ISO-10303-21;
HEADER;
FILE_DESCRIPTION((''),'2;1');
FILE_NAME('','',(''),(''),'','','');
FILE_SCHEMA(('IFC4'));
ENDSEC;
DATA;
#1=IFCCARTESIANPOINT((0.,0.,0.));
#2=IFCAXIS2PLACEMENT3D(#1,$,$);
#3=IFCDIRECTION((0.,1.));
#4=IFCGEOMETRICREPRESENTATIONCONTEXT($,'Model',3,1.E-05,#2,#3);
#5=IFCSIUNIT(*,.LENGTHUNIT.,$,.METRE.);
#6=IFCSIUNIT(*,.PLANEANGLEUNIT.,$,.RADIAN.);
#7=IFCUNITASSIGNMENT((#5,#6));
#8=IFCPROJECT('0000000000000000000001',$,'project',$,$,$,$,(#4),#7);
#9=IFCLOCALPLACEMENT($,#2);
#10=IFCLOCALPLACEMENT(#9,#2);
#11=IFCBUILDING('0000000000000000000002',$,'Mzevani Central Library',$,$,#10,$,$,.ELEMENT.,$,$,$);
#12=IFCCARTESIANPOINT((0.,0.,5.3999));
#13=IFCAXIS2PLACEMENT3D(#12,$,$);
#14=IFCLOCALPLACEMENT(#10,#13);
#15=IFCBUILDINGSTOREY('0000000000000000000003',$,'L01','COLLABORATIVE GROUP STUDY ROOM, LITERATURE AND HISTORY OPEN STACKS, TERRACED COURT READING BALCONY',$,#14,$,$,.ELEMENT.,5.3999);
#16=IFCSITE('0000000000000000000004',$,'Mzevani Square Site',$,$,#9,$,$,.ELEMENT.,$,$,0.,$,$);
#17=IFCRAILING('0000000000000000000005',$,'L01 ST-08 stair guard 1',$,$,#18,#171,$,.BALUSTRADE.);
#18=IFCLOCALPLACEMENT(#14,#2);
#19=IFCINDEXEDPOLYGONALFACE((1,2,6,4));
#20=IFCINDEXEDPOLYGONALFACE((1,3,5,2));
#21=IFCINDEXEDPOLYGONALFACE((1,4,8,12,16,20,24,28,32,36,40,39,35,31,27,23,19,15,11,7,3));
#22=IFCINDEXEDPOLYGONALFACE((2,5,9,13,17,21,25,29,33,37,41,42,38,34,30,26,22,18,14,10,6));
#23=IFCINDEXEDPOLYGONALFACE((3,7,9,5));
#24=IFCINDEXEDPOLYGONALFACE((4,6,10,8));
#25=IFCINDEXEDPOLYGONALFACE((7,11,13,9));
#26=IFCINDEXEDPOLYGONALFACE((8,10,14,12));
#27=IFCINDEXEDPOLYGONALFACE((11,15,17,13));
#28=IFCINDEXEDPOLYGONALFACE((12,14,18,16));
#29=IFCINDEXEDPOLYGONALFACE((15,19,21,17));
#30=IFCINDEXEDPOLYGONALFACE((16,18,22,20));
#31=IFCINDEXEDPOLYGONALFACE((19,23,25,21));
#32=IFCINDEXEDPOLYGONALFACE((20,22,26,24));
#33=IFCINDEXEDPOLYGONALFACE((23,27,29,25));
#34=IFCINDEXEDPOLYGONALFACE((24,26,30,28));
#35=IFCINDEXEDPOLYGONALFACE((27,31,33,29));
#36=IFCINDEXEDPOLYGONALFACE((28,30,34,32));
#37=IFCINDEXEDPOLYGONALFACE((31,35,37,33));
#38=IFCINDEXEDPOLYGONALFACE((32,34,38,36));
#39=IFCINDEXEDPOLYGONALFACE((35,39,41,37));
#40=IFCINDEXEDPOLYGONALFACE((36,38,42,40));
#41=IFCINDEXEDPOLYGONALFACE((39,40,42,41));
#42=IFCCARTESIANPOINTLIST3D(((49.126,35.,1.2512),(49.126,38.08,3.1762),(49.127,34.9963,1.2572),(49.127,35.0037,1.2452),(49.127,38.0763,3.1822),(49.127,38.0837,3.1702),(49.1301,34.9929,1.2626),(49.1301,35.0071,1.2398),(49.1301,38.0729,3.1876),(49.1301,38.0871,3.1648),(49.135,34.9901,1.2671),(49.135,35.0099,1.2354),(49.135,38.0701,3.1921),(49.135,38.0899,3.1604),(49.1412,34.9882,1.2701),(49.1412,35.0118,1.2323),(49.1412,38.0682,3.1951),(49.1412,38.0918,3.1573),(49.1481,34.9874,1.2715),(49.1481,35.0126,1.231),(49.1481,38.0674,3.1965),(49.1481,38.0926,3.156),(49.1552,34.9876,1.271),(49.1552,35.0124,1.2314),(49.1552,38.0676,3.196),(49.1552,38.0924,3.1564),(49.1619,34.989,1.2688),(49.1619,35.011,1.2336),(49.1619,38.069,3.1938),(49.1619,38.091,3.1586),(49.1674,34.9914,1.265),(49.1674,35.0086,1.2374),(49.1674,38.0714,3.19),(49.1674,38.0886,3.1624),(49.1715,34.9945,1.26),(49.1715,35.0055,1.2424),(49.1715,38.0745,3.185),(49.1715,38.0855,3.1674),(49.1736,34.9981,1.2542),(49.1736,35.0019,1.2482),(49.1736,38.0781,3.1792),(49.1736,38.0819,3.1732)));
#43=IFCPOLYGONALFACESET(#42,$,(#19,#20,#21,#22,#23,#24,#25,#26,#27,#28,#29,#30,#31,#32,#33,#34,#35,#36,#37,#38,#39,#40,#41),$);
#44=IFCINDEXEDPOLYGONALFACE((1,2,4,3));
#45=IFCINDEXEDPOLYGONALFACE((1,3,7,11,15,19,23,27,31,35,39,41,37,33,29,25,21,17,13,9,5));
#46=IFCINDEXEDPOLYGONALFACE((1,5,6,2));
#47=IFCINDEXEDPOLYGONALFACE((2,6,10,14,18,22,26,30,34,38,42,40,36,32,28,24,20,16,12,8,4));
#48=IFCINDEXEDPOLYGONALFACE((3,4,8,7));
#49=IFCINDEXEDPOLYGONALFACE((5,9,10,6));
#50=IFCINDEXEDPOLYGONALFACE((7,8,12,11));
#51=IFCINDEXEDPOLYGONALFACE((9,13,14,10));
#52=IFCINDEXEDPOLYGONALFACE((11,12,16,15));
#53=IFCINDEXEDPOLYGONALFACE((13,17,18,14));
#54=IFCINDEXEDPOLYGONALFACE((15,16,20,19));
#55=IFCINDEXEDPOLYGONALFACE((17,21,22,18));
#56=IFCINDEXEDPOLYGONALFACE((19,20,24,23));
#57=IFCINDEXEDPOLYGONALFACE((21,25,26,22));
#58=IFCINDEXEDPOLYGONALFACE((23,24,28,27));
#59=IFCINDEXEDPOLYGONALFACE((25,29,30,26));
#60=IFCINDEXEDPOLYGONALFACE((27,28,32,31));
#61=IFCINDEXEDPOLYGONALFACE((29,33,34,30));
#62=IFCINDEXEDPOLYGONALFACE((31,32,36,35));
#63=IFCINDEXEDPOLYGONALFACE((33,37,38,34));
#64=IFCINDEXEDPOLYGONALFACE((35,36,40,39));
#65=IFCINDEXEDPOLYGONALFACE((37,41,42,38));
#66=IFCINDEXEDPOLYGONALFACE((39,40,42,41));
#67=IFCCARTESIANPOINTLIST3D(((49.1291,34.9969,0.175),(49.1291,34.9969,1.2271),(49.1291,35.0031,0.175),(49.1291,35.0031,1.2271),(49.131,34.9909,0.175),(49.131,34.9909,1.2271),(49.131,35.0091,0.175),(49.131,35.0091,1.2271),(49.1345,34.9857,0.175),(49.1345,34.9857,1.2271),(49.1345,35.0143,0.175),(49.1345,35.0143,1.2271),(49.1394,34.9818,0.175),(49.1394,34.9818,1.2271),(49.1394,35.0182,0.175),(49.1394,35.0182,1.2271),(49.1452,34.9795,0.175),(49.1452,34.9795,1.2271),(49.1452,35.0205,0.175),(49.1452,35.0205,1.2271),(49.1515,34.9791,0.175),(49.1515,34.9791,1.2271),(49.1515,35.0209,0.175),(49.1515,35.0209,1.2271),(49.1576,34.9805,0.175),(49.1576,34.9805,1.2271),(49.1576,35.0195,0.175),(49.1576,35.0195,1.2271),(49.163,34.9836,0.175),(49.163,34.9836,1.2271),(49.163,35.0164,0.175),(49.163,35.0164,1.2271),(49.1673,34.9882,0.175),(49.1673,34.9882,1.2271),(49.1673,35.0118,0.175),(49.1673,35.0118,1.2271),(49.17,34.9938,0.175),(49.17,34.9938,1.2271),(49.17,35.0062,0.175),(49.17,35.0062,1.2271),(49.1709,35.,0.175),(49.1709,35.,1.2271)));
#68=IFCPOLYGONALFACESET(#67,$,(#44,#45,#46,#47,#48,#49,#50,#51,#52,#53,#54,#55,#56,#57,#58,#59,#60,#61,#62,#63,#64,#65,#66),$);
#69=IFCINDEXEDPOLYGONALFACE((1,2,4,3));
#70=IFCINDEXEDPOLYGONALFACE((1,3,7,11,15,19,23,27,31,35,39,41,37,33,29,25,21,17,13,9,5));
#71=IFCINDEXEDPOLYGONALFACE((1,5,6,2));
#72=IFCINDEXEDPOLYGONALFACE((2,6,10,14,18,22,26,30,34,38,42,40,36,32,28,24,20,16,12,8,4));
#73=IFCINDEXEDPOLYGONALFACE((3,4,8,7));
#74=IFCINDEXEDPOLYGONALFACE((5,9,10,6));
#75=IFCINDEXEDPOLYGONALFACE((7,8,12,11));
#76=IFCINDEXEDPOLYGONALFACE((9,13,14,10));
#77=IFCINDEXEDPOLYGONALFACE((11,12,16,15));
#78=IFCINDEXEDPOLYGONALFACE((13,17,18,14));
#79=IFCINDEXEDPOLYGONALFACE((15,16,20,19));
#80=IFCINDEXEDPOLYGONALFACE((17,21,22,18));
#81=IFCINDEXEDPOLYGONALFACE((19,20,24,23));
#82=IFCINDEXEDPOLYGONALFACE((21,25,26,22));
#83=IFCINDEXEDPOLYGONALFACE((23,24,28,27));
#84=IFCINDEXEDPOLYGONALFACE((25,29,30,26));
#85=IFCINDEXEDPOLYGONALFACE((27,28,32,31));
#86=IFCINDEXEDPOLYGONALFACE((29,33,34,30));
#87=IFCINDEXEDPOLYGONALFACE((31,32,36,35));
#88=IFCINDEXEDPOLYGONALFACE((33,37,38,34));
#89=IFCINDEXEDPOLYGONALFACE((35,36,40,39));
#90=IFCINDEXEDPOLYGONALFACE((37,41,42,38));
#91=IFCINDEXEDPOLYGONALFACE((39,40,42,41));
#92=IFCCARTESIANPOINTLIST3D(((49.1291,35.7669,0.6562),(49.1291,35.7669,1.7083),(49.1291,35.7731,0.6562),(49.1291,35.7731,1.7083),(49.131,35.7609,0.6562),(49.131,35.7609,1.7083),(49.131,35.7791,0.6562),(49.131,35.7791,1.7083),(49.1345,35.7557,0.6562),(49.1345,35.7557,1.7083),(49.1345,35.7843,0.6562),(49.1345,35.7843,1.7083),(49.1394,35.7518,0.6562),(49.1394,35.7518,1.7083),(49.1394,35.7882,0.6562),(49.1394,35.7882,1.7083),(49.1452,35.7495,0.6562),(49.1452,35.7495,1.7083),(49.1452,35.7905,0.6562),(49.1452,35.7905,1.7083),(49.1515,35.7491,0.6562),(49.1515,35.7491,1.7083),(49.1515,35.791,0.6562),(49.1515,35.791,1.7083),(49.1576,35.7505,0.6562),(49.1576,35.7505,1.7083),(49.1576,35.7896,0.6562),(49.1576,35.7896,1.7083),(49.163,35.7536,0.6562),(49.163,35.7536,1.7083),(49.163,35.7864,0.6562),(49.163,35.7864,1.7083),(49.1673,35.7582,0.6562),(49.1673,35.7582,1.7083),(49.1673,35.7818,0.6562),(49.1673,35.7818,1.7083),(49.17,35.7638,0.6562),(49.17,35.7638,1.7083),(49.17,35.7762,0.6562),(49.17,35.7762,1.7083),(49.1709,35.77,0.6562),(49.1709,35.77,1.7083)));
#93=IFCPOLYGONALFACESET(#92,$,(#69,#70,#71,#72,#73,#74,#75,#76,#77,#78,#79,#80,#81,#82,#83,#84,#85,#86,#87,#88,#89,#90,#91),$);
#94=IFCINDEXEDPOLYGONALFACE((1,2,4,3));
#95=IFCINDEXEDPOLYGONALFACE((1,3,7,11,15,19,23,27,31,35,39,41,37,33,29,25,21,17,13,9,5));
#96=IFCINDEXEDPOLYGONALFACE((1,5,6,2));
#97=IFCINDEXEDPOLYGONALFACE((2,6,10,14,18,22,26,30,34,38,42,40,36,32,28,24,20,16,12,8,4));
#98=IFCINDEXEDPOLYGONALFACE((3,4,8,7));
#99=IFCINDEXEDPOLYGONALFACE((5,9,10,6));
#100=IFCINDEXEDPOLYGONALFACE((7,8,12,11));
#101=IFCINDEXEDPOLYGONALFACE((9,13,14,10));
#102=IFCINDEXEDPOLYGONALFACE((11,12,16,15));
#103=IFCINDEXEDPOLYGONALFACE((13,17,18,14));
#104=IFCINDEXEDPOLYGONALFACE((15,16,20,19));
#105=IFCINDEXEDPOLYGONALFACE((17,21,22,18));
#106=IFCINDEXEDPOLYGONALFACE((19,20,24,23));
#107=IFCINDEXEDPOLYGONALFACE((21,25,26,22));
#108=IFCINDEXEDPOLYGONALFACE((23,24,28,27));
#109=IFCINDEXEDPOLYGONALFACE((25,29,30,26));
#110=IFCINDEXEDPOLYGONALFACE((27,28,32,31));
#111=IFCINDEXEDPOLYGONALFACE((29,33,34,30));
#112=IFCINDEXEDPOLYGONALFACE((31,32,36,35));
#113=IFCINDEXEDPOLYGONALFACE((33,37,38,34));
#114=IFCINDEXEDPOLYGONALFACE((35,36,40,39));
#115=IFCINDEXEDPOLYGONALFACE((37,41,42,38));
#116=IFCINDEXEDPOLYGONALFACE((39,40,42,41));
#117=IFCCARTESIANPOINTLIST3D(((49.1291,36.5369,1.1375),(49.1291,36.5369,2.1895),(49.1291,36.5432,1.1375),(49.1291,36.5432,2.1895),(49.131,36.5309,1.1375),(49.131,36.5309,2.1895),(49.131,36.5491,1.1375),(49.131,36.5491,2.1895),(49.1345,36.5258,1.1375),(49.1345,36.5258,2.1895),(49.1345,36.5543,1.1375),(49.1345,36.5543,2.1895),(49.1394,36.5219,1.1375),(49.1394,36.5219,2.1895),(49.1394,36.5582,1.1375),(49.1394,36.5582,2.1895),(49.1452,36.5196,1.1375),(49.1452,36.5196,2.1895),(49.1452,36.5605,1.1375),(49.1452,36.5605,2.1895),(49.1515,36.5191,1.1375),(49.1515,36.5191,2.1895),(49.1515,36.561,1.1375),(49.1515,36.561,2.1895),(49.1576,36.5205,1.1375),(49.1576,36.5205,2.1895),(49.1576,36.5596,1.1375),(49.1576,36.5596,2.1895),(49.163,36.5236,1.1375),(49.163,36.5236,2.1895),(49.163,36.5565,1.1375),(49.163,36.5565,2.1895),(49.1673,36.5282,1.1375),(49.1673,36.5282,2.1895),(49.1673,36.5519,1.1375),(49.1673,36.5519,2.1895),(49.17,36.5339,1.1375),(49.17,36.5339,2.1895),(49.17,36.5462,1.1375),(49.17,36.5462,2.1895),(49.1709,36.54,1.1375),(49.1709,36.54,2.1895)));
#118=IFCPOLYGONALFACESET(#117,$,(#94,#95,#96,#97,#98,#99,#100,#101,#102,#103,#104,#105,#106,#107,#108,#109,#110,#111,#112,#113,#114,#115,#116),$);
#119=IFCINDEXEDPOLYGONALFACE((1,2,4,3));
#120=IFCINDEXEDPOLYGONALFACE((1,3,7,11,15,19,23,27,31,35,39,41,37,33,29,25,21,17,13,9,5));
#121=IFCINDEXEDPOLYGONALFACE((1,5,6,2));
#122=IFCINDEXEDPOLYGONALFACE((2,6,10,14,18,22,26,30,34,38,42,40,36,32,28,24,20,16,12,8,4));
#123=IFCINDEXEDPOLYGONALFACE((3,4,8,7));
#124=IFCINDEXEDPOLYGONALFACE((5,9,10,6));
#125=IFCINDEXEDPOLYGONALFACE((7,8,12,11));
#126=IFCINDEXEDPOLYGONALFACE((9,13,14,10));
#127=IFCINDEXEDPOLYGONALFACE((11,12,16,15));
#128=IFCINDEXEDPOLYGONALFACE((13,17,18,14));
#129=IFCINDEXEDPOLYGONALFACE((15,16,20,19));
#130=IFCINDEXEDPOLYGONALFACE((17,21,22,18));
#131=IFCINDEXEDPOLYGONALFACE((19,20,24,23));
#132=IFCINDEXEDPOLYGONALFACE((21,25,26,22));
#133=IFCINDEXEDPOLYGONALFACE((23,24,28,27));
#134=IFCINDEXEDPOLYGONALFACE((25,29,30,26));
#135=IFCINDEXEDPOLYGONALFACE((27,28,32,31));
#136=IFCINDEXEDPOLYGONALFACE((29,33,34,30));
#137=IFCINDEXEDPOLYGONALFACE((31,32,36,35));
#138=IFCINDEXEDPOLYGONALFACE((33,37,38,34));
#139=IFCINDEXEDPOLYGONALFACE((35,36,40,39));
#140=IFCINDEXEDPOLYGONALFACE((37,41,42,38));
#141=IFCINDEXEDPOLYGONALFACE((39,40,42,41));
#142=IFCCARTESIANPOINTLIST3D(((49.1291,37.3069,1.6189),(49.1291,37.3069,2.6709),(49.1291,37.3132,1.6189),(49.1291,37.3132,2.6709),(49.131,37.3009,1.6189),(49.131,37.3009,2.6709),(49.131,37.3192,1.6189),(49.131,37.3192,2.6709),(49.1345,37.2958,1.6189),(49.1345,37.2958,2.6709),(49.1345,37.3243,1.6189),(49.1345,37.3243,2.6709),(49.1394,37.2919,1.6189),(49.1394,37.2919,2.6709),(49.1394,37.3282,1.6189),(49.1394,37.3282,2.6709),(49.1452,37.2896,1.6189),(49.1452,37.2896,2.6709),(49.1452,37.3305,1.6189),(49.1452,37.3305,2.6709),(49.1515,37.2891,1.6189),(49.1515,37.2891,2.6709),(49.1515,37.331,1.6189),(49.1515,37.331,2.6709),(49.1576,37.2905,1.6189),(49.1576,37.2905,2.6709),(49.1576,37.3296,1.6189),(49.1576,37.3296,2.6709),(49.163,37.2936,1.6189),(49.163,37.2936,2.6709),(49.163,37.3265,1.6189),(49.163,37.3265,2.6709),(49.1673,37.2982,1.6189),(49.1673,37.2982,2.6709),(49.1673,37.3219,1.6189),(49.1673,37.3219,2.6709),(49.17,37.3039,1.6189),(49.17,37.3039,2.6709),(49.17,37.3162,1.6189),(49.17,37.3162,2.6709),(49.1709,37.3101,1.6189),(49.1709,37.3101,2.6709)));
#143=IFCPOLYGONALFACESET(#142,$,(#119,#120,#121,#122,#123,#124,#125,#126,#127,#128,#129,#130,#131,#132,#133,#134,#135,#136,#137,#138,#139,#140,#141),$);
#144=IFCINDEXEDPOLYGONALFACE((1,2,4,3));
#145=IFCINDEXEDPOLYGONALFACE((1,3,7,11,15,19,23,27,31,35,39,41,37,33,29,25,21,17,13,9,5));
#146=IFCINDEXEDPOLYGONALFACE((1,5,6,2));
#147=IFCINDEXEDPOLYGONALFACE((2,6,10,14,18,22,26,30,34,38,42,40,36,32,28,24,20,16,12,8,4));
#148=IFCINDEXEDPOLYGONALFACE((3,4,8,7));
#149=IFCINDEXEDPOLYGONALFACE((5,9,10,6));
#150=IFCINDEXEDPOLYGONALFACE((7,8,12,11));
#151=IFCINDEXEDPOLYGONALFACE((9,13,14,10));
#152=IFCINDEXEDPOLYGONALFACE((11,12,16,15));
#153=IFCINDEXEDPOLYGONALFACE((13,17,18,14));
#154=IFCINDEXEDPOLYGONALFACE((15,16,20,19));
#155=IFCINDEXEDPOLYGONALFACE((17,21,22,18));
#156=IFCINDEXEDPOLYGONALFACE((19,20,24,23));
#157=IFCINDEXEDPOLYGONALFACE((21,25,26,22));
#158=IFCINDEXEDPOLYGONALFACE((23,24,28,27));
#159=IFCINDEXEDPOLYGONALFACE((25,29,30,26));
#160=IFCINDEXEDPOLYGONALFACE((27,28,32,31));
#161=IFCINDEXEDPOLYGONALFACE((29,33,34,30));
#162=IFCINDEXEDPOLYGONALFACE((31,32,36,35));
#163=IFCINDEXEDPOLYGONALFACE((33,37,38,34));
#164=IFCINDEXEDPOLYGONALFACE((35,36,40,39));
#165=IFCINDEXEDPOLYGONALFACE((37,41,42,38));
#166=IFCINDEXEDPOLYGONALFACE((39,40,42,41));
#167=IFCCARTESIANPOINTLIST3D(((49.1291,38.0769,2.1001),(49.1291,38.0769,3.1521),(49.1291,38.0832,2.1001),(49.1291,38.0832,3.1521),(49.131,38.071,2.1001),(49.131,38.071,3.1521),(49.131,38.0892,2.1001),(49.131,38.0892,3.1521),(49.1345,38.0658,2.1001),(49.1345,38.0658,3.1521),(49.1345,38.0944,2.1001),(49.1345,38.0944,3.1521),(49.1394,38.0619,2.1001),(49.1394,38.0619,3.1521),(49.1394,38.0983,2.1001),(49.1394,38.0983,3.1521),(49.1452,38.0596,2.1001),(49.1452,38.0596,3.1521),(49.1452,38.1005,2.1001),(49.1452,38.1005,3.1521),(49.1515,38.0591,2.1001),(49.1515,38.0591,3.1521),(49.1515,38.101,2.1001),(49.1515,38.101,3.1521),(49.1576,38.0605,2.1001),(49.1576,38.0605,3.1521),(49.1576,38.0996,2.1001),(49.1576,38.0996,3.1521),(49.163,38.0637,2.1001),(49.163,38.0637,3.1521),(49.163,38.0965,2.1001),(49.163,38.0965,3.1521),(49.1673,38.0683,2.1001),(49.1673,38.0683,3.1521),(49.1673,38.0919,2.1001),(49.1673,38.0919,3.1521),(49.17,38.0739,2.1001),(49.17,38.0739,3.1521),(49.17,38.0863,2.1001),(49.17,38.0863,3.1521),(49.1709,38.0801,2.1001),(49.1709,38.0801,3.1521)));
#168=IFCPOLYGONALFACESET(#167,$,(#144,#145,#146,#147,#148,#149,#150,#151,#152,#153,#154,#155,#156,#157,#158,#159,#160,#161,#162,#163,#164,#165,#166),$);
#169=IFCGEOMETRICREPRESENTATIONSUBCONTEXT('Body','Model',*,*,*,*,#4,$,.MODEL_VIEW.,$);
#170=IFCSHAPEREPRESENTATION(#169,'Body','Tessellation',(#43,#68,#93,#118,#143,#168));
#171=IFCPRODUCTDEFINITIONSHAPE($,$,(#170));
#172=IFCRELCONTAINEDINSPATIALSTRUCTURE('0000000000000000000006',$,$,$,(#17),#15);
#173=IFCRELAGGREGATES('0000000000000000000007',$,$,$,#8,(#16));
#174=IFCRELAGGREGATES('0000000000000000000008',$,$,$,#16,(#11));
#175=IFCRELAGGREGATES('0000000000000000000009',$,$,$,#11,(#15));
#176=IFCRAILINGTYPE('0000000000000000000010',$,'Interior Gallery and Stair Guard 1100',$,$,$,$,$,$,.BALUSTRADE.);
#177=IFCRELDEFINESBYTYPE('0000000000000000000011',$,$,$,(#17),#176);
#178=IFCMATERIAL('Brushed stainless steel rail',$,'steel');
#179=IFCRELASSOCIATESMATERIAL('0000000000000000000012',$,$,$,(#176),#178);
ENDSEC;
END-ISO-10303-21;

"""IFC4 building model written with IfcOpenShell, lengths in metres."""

from ifc_helpers import new_model, si_unit, direction, frame, origin, origin_2d, place, context, subcontext, project, spatial, circle, extrude, material, type_object, element, save


model = new_model("IFC4")

# Units and contexts
model_context = context("Model", 3, precision=1e-05, world=origin(), true_north=direction((0.0, 1.0)))
body_context = subcontext(model_context, "Body", "Model", "MODEL_VIEW")
ifc_project = project(units=[si_unit("LENGTHUNIT", "METRE"), si_unit("PLANEANGLEUNIT", "RADIAN")], contexts=[model_context])

# Site, building, storey
site_placement = place(None, origin())
site = spatial("IfcSite", under=ifc_project, at=site_placement, Name="Mzevani Square Site", CompositionType="ELEMENT", RefElevation=0.0)
building_placement = place(site_placement, origin())
building = spatial("IfcBuilding", under=site, at=building_placement, Name="Mzevani Central Library", CompositionType="ELEMENT")
storey_placement = place(building_placement, frame((0.0, 0.0, 5.3999)))
storey = spatial("IfcBuildingStorey", under=building, at=storey_placement, Name="L01", Description="COLLABORATIVE GROUP STUDY ROOM, LITERATURE AND HISTORY OPEN STACKS, TERRACED COURT READING BALCONY", CompositionType="ELEMENT", Elevation=5.3999)

# Railing
ifc_material_1 = material(Name="Brushed stainless steel rail", Category="steel")
railing_type_1 = type_object("IfcRailingType", Name="Interior Gallery and Stair Guard 1100", PredefinedType="BALUSTRADE", material=ifc_material_1)
railing_1_placement = place(storey_placement, frame((49.1499, 35.0, 0.175)))
element("IfcRailing", 1, at=railing_1_placement, inside=storey, type_object=railing_type_1, Name="L01 ST-08 stair guard 1", PredefinedType="BALUSTRADE", context=body_context, shape_type="SweptSolid", body=[
    extrude(circle(Radius=0.0239, at=origin_2d()), frame((0.0, 0.0, 1.0762), z_axis=(0.0, 0.847998, 0.529999), x_axis=(-1.0, 0.0, 0.0)), (0.0, 0.0, 1.0), 3.6321),
    extrude(circle(Radius=0.021, at=origin_2d()), origin(), (0.0, 0.0, 1.0), 1.052),
    extrude(circle(Radius=0.021, at=origin_2d()), frame((0.0, 0.77, 0.4812)), (0.0, 0.0, 1.0), 1.052),
    extrude(circle(Radius=0.021, at=origin_2d()), frame((0.0, 1.54, 0.9624)), (0.0, 0.0, 1.0), 1.052),
    extrude(circle(Radius=0.021, at=origin_2d()), frame((0.0, 2.3101, 1.4438)), (0.0, 0.0, 1.0), 1.052),
    extrude(circle(Radius=0.021, at=origin_2d()), frame((0.0, 3.0801, 1.925)), (0.0, 0.0, 1.0), 1.052),
])

save(model, "model.ifc")
